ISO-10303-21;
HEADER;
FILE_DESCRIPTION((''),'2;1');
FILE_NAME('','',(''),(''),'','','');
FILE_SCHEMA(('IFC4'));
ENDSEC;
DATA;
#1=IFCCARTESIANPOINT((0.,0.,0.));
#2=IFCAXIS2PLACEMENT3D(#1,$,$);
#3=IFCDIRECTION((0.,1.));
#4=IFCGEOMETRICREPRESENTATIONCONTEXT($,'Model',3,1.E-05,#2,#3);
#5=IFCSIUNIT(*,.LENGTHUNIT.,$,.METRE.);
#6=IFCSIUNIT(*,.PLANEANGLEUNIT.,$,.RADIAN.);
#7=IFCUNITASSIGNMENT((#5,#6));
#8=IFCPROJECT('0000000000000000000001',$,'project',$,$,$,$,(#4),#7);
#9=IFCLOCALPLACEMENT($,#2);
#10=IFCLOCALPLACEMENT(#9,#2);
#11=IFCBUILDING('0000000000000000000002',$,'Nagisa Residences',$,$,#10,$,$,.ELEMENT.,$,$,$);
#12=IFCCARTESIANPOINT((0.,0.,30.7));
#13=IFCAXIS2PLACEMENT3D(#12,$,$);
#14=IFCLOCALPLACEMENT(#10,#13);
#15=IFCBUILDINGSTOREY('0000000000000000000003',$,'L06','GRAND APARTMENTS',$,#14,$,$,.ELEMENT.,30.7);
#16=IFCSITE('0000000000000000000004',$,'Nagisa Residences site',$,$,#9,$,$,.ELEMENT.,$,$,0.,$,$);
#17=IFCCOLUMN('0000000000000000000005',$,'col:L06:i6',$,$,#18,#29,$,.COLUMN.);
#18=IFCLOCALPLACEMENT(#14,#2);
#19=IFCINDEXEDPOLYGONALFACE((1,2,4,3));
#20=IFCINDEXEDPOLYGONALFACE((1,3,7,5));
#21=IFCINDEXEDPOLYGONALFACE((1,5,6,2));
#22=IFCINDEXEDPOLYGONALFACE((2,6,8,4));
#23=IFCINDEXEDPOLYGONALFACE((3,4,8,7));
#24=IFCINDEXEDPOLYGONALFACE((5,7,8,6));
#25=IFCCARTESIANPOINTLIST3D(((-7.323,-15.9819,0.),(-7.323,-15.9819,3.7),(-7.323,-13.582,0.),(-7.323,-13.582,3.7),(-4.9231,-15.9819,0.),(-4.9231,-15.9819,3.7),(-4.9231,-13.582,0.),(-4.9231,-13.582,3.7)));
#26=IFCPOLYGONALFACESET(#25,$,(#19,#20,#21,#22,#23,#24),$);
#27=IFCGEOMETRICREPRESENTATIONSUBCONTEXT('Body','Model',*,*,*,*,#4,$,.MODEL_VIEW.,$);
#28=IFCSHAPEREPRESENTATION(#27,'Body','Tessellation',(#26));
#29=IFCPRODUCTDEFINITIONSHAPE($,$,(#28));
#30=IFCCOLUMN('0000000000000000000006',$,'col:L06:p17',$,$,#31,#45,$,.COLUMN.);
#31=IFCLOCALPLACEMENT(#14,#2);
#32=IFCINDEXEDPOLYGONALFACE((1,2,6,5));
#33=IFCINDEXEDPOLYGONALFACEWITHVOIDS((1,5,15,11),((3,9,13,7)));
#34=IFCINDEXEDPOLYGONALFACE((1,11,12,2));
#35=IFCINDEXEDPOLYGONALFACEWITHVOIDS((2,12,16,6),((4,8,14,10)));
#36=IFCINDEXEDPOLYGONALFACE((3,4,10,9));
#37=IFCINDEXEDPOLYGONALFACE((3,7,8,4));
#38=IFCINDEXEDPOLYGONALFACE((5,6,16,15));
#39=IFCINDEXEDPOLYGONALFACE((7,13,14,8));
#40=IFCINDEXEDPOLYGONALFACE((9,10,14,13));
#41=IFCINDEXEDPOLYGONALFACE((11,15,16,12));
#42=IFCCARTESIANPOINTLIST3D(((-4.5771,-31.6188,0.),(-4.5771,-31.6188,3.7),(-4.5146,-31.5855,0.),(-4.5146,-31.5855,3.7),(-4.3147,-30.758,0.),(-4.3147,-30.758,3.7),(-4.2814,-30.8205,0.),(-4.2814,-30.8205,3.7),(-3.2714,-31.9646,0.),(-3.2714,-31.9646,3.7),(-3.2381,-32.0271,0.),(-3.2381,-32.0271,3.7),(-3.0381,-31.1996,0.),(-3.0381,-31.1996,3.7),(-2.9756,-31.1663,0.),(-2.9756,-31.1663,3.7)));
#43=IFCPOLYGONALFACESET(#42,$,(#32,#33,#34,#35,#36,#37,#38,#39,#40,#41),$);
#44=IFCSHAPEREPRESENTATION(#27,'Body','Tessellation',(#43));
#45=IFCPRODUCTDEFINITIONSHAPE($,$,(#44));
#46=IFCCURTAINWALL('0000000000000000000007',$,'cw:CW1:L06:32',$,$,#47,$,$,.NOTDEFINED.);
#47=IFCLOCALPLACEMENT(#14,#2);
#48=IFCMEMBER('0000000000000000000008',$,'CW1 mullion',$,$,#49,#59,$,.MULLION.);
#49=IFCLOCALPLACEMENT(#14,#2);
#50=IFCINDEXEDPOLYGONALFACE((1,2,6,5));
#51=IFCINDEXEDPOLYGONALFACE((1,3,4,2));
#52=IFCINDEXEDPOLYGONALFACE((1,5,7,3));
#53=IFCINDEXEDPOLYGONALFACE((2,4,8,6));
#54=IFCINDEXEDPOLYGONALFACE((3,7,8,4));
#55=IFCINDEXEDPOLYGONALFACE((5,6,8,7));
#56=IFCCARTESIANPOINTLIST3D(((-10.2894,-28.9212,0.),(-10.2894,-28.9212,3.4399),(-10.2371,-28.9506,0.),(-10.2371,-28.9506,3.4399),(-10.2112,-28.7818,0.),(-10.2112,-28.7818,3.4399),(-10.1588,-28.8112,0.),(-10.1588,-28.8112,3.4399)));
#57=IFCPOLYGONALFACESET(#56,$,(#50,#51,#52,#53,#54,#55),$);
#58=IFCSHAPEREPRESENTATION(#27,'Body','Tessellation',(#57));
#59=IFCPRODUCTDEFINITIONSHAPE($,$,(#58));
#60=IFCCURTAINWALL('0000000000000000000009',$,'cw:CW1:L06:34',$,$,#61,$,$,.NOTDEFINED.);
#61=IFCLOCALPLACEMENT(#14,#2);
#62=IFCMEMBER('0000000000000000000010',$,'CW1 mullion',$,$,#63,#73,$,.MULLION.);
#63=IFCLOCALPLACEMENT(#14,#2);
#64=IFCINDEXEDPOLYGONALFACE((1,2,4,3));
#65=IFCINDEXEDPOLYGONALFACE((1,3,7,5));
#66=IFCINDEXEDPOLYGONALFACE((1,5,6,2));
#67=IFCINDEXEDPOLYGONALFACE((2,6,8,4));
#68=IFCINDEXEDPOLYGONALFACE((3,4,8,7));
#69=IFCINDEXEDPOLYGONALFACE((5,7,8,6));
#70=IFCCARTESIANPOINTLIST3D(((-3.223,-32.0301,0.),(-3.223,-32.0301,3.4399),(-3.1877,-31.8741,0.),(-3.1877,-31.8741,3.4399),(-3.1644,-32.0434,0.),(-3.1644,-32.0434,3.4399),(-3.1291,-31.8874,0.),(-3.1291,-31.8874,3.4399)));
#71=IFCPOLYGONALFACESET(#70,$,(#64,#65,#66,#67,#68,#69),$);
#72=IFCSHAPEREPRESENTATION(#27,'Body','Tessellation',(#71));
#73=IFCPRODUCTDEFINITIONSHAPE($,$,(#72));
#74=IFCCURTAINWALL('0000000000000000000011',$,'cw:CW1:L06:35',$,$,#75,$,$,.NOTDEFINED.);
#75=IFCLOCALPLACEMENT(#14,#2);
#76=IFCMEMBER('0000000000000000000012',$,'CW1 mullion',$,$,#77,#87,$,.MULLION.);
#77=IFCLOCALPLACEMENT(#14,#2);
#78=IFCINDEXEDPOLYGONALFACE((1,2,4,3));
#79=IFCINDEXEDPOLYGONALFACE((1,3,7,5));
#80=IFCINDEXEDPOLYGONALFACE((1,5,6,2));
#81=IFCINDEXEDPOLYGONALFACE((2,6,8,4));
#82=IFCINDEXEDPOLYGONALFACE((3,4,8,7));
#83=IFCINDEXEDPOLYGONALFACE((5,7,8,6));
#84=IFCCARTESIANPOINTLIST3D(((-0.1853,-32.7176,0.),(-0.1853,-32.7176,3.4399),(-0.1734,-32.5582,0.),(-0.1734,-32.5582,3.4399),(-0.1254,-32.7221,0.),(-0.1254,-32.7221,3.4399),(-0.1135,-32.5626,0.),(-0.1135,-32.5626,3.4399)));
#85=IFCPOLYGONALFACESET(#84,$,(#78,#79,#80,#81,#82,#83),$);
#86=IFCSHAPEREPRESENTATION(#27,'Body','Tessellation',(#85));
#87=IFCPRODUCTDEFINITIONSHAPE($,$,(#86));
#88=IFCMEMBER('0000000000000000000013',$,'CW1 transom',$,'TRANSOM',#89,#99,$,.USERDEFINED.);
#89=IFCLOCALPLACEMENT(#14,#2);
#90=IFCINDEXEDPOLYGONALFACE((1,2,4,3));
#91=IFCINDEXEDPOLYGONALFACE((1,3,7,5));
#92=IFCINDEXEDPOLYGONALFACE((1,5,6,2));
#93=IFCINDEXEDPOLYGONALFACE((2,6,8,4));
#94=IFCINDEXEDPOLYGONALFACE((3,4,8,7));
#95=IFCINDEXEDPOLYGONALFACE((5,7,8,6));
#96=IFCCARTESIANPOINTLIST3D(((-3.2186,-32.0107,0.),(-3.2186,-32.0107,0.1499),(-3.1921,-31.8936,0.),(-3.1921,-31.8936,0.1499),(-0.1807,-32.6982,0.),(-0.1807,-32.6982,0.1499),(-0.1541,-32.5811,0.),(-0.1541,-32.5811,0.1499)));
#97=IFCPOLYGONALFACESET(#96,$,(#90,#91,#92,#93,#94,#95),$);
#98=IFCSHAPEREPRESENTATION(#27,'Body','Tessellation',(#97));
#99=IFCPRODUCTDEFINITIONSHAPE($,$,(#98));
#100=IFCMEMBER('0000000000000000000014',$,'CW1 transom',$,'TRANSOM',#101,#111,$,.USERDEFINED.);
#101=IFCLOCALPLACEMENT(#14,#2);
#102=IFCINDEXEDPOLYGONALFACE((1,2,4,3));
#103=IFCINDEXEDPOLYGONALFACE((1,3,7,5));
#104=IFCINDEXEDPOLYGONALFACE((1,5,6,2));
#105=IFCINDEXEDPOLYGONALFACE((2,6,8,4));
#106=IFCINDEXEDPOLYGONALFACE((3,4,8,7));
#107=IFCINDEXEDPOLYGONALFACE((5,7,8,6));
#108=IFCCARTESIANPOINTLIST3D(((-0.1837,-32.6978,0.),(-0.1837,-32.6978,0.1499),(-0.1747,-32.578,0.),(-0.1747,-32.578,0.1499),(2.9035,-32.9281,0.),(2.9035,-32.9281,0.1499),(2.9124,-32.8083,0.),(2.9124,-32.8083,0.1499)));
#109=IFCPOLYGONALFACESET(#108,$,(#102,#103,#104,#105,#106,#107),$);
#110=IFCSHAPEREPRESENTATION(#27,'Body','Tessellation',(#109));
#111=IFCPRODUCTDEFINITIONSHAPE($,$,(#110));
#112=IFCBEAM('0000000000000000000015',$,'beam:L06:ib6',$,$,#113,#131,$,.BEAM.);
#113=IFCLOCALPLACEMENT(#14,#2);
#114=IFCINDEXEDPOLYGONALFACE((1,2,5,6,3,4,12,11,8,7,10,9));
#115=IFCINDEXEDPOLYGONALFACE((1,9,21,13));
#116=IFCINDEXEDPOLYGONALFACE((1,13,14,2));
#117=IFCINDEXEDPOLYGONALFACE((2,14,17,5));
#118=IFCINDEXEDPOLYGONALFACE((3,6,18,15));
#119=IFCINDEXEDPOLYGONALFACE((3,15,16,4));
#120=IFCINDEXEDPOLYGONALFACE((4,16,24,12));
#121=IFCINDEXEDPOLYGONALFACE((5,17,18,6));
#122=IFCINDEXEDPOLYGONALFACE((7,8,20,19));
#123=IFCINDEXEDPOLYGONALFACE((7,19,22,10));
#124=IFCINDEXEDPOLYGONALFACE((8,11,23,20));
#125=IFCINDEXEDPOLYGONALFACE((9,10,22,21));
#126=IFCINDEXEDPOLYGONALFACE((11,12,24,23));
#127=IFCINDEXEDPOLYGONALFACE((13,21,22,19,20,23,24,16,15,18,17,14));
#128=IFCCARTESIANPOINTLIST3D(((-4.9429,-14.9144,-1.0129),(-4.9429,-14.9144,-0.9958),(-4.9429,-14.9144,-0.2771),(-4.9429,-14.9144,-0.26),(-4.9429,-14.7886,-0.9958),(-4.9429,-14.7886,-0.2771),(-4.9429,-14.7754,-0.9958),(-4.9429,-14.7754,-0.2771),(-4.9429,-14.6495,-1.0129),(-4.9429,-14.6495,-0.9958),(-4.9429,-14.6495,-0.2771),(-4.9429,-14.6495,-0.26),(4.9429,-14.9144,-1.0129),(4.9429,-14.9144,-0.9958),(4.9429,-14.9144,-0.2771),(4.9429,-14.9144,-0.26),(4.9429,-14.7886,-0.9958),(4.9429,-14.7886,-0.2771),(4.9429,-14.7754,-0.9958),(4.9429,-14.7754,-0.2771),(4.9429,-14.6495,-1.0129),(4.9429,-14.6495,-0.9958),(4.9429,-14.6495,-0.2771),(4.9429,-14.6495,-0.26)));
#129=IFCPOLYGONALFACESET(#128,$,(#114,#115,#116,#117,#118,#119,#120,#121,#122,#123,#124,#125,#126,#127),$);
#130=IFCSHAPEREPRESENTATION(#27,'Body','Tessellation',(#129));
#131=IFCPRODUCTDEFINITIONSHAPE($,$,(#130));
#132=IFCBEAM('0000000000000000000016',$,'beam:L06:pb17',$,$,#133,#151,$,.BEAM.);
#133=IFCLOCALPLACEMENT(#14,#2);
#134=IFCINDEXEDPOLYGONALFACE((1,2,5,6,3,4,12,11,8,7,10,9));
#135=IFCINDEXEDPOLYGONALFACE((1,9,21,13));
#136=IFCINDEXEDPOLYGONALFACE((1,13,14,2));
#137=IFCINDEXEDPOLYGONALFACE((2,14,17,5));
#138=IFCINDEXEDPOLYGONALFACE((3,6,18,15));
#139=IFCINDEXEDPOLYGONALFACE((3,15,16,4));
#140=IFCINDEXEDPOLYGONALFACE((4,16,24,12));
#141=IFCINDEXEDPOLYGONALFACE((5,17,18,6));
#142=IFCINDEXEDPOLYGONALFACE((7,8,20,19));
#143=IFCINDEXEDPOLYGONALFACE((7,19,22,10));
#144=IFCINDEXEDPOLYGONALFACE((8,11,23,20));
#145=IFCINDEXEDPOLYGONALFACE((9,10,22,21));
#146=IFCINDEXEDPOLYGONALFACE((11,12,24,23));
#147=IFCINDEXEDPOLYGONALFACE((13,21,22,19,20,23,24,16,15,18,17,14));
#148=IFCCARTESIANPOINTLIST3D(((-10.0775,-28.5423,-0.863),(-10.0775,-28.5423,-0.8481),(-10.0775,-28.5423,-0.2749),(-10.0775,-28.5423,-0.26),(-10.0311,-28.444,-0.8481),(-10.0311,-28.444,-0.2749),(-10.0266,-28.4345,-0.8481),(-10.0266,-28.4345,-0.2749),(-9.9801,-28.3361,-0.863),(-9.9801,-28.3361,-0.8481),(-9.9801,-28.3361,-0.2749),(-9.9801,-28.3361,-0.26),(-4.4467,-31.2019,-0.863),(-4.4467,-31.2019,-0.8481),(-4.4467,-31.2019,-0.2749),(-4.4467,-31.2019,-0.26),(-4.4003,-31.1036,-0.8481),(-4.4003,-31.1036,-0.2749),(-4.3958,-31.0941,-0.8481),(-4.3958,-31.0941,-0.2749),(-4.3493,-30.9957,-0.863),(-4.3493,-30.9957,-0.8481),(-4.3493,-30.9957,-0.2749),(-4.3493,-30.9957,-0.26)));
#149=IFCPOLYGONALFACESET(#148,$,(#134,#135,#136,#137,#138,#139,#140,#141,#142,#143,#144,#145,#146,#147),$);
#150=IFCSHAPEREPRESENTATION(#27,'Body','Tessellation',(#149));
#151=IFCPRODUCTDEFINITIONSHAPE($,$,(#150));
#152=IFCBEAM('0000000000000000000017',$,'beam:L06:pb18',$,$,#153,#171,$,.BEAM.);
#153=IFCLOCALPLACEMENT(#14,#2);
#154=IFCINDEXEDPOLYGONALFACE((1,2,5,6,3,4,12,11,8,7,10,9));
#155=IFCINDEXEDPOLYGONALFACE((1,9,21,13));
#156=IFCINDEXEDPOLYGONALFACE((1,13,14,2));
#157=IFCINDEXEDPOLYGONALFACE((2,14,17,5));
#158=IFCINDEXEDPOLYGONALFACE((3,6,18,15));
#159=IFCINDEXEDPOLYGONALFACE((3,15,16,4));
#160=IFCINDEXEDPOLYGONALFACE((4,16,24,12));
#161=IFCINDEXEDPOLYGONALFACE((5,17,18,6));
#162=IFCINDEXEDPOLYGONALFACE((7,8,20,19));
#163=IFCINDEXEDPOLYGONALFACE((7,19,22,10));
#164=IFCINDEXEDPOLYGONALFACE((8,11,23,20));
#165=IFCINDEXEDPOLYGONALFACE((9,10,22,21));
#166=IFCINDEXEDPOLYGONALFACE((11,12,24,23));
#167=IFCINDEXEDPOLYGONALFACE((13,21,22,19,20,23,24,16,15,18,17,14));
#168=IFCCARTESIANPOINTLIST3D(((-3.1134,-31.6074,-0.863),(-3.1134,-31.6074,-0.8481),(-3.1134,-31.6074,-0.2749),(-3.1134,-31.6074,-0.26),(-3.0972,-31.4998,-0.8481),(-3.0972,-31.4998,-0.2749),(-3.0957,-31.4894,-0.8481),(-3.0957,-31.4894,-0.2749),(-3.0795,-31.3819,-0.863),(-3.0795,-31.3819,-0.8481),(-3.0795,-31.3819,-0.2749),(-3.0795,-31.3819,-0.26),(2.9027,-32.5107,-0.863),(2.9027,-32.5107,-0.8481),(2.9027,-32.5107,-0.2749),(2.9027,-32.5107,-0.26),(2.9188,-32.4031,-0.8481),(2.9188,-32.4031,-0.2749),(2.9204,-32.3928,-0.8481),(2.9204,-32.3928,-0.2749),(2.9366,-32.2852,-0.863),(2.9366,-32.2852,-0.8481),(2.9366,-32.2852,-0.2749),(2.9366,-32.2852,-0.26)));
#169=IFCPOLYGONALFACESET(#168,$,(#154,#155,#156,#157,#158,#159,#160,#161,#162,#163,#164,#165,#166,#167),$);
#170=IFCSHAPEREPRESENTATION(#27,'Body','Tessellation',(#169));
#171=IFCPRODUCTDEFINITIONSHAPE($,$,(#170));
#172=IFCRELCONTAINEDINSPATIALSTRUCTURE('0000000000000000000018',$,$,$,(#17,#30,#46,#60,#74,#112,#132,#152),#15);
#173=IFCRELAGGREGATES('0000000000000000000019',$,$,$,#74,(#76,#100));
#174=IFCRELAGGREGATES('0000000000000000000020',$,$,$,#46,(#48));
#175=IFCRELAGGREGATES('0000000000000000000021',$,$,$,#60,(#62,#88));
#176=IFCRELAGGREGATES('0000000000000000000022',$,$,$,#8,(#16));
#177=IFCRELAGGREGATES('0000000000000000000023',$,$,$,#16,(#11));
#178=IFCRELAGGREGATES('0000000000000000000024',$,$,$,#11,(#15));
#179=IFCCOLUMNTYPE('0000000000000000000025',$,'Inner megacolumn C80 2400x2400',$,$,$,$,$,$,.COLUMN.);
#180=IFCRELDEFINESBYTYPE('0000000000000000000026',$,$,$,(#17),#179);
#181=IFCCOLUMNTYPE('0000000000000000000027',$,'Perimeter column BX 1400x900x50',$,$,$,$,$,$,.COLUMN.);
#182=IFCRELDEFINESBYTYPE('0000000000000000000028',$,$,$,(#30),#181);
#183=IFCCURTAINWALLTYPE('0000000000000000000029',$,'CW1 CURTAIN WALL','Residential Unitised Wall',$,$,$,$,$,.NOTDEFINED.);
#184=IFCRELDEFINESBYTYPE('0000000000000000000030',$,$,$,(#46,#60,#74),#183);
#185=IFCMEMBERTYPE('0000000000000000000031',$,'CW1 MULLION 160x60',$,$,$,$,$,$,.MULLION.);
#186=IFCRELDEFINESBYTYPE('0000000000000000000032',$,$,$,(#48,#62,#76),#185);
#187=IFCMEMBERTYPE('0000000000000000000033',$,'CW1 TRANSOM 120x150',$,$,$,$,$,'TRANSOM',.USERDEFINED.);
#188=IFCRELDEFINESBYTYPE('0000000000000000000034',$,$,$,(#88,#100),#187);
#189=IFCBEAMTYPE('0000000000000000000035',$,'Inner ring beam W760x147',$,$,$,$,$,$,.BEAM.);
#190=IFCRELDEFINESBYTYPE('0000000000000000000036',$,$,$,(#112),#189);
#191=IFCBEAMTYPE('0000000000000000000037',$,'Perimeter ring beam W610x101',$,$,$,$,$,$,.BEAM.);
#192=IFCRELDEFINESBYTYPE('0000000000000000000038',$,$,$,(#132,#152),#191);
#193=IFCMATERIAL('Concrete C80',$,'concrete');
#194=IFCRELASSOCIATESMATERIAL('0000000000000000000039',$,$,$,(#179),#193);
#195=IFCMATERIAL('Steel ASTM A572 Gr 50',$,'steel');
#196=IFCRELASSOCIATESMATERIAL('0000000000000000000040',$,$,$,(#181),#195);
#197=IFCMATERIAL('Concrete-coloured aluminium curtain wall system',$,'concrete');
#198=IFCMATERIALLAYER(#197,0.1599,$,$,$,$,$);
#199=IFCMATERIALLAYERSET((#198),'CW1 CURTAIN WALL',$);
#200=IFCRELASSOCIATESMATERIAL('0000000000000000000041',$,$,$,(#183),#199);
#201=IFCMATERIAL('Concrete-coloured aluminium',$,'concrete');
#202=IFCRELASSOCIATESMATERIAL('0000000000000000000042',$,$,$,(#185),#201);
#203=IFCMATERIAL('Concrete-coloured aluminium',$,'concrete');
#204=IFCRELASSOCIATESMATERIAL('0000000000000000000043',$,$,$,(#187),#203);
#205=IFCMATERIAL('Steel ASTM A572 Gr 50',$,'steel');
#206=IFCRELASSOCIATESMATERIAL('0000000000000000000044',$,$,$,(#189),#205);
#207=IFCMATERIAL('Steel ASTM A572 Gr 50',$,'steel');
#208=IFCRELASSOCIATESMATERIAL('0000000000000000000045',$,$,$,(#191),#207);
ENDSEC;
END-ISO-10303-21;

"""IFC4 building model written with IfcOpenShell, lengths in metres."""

from ifc_helpers import new_model, si_unit, direction, frame, origin, origin_2d, place, context, subcontext, project, spatial, rectangle, hollow_rectangle, i_section, extrude, material, layer, layer_set, material_profile, profile_set, type_object, element, aggregate, save


model = new_model("IFC4")

# Units and contexts
model_context = context("Model", 3, precision=1e-05, world=origin(), true_north=direction((0.0, 1.0)))
body_context = subcontext(model_context, "Body", "Model", "MODEL_VIEW")
ifc_project = project(units=[si_unit("LENGTHUNIT", "METRE"), si_unit("PLANEANGLEUNIT", "RADIAN")], contexts=[model_context])

# Site, building, storey
site_placement = place(None, origin())
site = spatial("IfcSite", under=ifc_project, at=site_placement, Name="Nagisa Residences site", CompositionType="ELEMENT", RefElevation=0.0)
building_placement = place(site_placement, origin())
building = spatial("IfcBuilding", under=site, at=building_placement, Name="Nagisa Residences", CompositionType="ELEMENT")
storey_placement = place(building_placement, frame((0.0, 0.0, 30.7)))
storey = spatial("IfcBuildingStorey", under=building, at=storey_placement, Name="L06", Description="GRAND APARTMENTS", CompositionType="ELEMENT", Elevation=30.7)

# Columns
ifc_material_1 = material(Name="Concrete C80", Category="concrete")
ifc_material_profile_1 = material_profile(ifc_material_1, rectangle(XDim=2.3999, YDim=2.3999, at=origin_2d()), Name="C80 2400x2400")
ifc_profile_set_1 = profile_set([ifc_material_profile_1], Name="Concrete C80")
column_type_1 = type_object("IfcColumnType", Name="Inner megacolumn C80 2400x2400", PredefinedType="COLUMN", material=ifc_profile_set_1)
column_1_placement = place(storey_placement, frame((-6.123, -14.782, 0.0), z_axis=(0.0, 0.0, 1.0), x_axis=(1.0, 0.0, 0.0)))
element("IfcColumn", 1, at=column_1_placement, inside=storey, type_object=column_type_1, Name="col:L06:i6", PredefinedType="COLUMN", context=body_context, shape_type="SweptSolid", body=[
    extrude(rectangle(XDim=2.3999, YDim=2.3999, at=origin_2d()), origin(), (0.0, 0.0, 1.0), 3.7),
])
ifc_material_2 = material(Name="Steel ASTM A572 Gr 50", Category="steel")
ifc_material_profile_2 = material_profile(ifc_material_2, hollow_rectangle(XDim=1.3999, YDim=0.8999, WallThickness=0.05, at=origin_2d()), Name="BX 1400x900x50")
ifc_profile_set_2 = profile_set([ifc_material_profile_2], Name="Steel ASTM A572 Gr 50")
column_type_2 = type_object("IfcColumnType", Name="Perimeter column BX 1400x900x50", PredefinedType="COLUMN", material=ifc_profile_set_2)
column_2_placement = place(storey_placement, frame((-3.7764, -31.3926, 0.0), z_axis=(0.0, 0.0, 1.0), x_axis=(0.956525, -0.291652, 0.0)))
element("IfcColumn", 2, at=column_2_placement, inside=storey, type_object=column_type_2, Name="col:L06:p17", PredefinedType="COLUMN", context=body_context, shape_type="SweptSolid", body=[
    extrude(hollow_rectangle(XDim=1.3999, YDim=0.8999, WallThickness=0.05, at=origin_2d()), origin(), (0.0, 0.0, 1.0), 3.7),
])

# Curtain walls, members
ifc_material_3 = material(Name="Concrete-coloured aluminium curtain wall system", Category="concrete")
ifc_layer_1 = layer(ifc_material_3, 0.1599)
ifc_layer_set_1 = layer_set([ifc_layer_1], Name="CW1 CURTAIN WALL")
curtain_wall_type = type_object("IfcCurtainWallType", Name="CW1 CURTAIN WALL", Description="Residential Unitised Wall", PredefinedType="NOTDEFINED", material=ifc_layer_set_1)
curtain_wall_1_placement = place(storey_placement, origin())
curtain_wall_1 = element("IfcCurtainWall", 3, at=curtain_wall_1_placement, inside=storey, type_object=curtain_wall_type, Name="cw:CW1:L06:32", PredefinedType="NOTDEFINED")
ifc_material_4 = material(Name="Concrete-coloured aluminium", Category="concrete")
ifc_material_profile_3 = material_profile(ifc_material_4, rectangle(XDim=0.1599, YDim=0.0601, at=origin_2d()), Name="CW1 MULLION 160x60")
ifc_profile_set_3 = profile_set([ifc_material_profile_3], Name="Concrete-coloured aluminium")
member_type_1 = type_object("IfcMemberType", Name="CW1 MULLION 160x60", PredefinedType="MULLION", material=ifc_profile_set_3)
member_1_placement = place(storey_placement, frame((-10.2241, -28.8662, 0.0), z_axis=(0.0, 0.0, 1.0), x_axis=(0.489377, 0.872072, 0.0)))
member_1 = element("IfcMember", 4, at=member_1_placement, type_object=member_type_1, Name="CW1 mullion", PredefinedType="MULLION", context=body_context, shape_type="SweptSolid", body=[
    extrude(rectangle(XDim=0.1599, YDim=0.0601, at=origin_2d()), origin(), (0.0, 0.0, 1.0), 3.4399),
])
curtain_wall_2_placement = place(storey_placement, origin())
curtain_wall_2 = element("IfcCurtainWall", 5, at=curtain_wall_2_placement, inside=storey, type_object=curtain_wall_type, Name="cw:CW1:L06:34", PredefinedType="NOTDEFINED")
member_2_placement = place(storey_placement, frame((-3.176, -31.9587, 0.0), z_axis=(0.0, 0.0, 1.0), x_axis=(0.220764, 0.975327, 0.0)))
member_2 = element("IfcMember", 6, at=member_2_placement, type_object=member_type_1, Name="CW1 mullion", PredefinedType="MULLION", context=body_context, shape_type="SweptSolid", body=[
    extrude(rectangle(XDim=0.1599, YDim=0.0601, at=origin_2d()), origin(), (0.0, 0.0, 1.0), 3.4399),
])
curtain_wall_3_placement = place(storey_placement, origin())
curtain_wall_3 = element("IfcCurtainWall", 7, at=curtain_wall_3_placement, inside=storey, type_object=curtain_wall_type, Name="cw:CW1:L06:35", PredefinedType="NOTDEFINED")
member_3_placement = place(storey_placement, frame((-0.1494, -32.6401, 0.0), z_axis=(0.0, 0.0, 1.0), x_axis=(0.074377, 0.99723, 0.0)))
member_3 = element("IfcMember", 8, at=member_3_placement, type_object=member_type_1, Name="CW1 mullion", PredefinedType="MULLION", context=body_context, shape_type="SweptSolid", body=[
    extrude(rectangle(XDim=0.1599, YDim=0.0601, at=origin_2d()), origin(), (0.0, 0.0, 1.0), 3.4399),
])

# Members
ifc_material_5 = material(Name="Concrete-coloured aluminium", Category="concrete")
ifc_material_profile_4 = material_profile(ifc_material_5, rectangle(XDim=0.1201, YDim=0.1499, at=origin_2d()), Name="CW1 TRANSOM 120x150")
ifc_profile_set_4 = profile_set([ifc_material_profile_4], Name="Concrete-coloured aluminium")
member_type_2 = type_object("IfcMemberType", Name="CW1 TRANSOM 120x150", ElementType="TRANSOM", PredefinedType="USERDEFINED", material=ifc_profile_set_4)
member_4_placement = place(storey_placement, frame((-3.2053, -31.9521, 0.075), z_axis=(0.975335, -0.22073, 0.0), x_axis=(0.22073, 0.975335, 0.0)))
member_4 = element("IfcMember", 9, at=member_4_placement, type_object=member_type_2, Name="CW1 transom", ObjectType="TRANSOM", PredefinedType="USERDEFINED", context=body_context, shape_type="SweptSolid", body=[
    extrude(rectangle(XDim=0.1201, YDim=0.1499, at=origin_2d()), origin(), (0.0, 0.0, 1.0), 3.1147),
])
member_5_placement = place(storey_placement, frame((-0.1792, -32.6379, 0.075), z_axis=(0.997231, -0.074368, 0.0), x_axis=(0.074368, 0.997231, 0.0)))
member_5 = element("IfcMember", 10, at=member_5_placement, type_object=member_type_2, Name="CW1 transom", ObjectType="TRANSOM", PredefinedType="USERDEFINED", context=body_context, shape_type="SweptSolid", body=[
    extrude(rectangle(XDim=0.1201, YDim=0.1499, at=origin_2d()), origin(), (0.0, 0.0, 1.0), 3.0957),
])
aggregate(curtain_wall_3, [member_3, member_5])

# Beams
ifc_material_6 = material(Name="Steel ASTM A572 Gr 50", Category="steel")
ifc_material_profile_5 = material_profile(ifc_material_6, i_section(OverallWidth=0.2649, OverallDepth=0.7529, WebThickness=0.0132, FlangeThickness=0.0171, at=origin_2d()), Name="W760x147")
ifc_profile_set_5 = profile_set([ifc_material_profile_5], Name="Steel ASTM A572 Gr 50")
beam_type_1 = type_object("IfcBeamType", Name="Inner ring beam W760x147", PredefinedType="BEAM", material=ifc_profile_set_5)
beam_1_placement = place(storey_placement, frame((-4.9429, -14.782, -0.6365), z_axis=(1.0, 0.0, 0.0), x_axis=(0.0, 1.0, 0.0)))
element("IfcBeam", 11, at=beam_1_placement, inside=storey, type_object=beam_type_1, Name="beam:L06:ib6", PredefinedType="BEAM", context=body_context, shape_type="SweptSolid", body=[
    extrude(i_section(OverallWidth=0.2649, OverallDepth=0.7529, WebThickness=0.0132, FlangeThickness=0.0171, at=origin_2d()), origin(), (0.0, 0.0, 1.0), 9.8857),
])
ifc_material_7 = material(Name="Steel ASTM A572 Gr 50", Category="steel")
ifc_material_profile_6 = material_profile(ifc_material_7, i_section(OverallWidth=0.228, OverallDepth=0.603, WebThickness=0.0105, FlangeThickness=0.0149, at=origin_2d()), Name="W610x101")
ifc_profile_set_6 = profile_set([ifc_material_profile_6], Name="Steel ASTM A572 Gr 50")
beam_type_2 = type_object("IfcBeamType", Name="Perimeter ring beam W610x101", PredefinedType="BEAM", material=ifc_profile_set_6)
beam_2_placement = place(storey_placement, frame((-10.0288, -28.4392, -0.5615), z_axis=(0.904208, -0.427092, 0.0), x_axis=(0.427092, 0.904208, 0.0)))
element("IfcBeam", 12, at=beam_2_placement, inside=storey, type_object=beam_type_2, Name="beam:L06:pb17", PredefinedType="BEAM", context=body_context, shape_type="SweptSolid", body=[
    extrude(i_section(OverallWidth=0.228, OverallDepth=0.603, WebThickness=0.0105, FlangeThickness=0.0149, at=origin_2d()), origin(), (0.0, 0.0, 1.0), 6.2273),
])
beam_3_placement = place(storey_placement, frame((-3.0964, -31.4946, -0.5615), z_axis=(0.988915, -0.148486, 0.0), x_axis=(0.148486, 0.988915, 0.0)))
element("IfcBeam", 13, at=beam_3_placement, inside=storey, type_object=beam_type_2, Name="beam:L06:pb18", PredefinedType="BEAM", context=body_context, shape_type="SweptSolid", body=[
    extrude(i_section(OverallWidth=0.228, OverallDepth=0.603, WebThickness=0.0105, FlangeThickness=0.0149, at=origin_2d()), origin(), (0.0, 0.0, 1.0), 6.0835),
])

aggregate(curtain_wall_1, [member_1])
aggregate(curtain_wall_2, [member_2, member_4])

save(model, "model.ifc")
